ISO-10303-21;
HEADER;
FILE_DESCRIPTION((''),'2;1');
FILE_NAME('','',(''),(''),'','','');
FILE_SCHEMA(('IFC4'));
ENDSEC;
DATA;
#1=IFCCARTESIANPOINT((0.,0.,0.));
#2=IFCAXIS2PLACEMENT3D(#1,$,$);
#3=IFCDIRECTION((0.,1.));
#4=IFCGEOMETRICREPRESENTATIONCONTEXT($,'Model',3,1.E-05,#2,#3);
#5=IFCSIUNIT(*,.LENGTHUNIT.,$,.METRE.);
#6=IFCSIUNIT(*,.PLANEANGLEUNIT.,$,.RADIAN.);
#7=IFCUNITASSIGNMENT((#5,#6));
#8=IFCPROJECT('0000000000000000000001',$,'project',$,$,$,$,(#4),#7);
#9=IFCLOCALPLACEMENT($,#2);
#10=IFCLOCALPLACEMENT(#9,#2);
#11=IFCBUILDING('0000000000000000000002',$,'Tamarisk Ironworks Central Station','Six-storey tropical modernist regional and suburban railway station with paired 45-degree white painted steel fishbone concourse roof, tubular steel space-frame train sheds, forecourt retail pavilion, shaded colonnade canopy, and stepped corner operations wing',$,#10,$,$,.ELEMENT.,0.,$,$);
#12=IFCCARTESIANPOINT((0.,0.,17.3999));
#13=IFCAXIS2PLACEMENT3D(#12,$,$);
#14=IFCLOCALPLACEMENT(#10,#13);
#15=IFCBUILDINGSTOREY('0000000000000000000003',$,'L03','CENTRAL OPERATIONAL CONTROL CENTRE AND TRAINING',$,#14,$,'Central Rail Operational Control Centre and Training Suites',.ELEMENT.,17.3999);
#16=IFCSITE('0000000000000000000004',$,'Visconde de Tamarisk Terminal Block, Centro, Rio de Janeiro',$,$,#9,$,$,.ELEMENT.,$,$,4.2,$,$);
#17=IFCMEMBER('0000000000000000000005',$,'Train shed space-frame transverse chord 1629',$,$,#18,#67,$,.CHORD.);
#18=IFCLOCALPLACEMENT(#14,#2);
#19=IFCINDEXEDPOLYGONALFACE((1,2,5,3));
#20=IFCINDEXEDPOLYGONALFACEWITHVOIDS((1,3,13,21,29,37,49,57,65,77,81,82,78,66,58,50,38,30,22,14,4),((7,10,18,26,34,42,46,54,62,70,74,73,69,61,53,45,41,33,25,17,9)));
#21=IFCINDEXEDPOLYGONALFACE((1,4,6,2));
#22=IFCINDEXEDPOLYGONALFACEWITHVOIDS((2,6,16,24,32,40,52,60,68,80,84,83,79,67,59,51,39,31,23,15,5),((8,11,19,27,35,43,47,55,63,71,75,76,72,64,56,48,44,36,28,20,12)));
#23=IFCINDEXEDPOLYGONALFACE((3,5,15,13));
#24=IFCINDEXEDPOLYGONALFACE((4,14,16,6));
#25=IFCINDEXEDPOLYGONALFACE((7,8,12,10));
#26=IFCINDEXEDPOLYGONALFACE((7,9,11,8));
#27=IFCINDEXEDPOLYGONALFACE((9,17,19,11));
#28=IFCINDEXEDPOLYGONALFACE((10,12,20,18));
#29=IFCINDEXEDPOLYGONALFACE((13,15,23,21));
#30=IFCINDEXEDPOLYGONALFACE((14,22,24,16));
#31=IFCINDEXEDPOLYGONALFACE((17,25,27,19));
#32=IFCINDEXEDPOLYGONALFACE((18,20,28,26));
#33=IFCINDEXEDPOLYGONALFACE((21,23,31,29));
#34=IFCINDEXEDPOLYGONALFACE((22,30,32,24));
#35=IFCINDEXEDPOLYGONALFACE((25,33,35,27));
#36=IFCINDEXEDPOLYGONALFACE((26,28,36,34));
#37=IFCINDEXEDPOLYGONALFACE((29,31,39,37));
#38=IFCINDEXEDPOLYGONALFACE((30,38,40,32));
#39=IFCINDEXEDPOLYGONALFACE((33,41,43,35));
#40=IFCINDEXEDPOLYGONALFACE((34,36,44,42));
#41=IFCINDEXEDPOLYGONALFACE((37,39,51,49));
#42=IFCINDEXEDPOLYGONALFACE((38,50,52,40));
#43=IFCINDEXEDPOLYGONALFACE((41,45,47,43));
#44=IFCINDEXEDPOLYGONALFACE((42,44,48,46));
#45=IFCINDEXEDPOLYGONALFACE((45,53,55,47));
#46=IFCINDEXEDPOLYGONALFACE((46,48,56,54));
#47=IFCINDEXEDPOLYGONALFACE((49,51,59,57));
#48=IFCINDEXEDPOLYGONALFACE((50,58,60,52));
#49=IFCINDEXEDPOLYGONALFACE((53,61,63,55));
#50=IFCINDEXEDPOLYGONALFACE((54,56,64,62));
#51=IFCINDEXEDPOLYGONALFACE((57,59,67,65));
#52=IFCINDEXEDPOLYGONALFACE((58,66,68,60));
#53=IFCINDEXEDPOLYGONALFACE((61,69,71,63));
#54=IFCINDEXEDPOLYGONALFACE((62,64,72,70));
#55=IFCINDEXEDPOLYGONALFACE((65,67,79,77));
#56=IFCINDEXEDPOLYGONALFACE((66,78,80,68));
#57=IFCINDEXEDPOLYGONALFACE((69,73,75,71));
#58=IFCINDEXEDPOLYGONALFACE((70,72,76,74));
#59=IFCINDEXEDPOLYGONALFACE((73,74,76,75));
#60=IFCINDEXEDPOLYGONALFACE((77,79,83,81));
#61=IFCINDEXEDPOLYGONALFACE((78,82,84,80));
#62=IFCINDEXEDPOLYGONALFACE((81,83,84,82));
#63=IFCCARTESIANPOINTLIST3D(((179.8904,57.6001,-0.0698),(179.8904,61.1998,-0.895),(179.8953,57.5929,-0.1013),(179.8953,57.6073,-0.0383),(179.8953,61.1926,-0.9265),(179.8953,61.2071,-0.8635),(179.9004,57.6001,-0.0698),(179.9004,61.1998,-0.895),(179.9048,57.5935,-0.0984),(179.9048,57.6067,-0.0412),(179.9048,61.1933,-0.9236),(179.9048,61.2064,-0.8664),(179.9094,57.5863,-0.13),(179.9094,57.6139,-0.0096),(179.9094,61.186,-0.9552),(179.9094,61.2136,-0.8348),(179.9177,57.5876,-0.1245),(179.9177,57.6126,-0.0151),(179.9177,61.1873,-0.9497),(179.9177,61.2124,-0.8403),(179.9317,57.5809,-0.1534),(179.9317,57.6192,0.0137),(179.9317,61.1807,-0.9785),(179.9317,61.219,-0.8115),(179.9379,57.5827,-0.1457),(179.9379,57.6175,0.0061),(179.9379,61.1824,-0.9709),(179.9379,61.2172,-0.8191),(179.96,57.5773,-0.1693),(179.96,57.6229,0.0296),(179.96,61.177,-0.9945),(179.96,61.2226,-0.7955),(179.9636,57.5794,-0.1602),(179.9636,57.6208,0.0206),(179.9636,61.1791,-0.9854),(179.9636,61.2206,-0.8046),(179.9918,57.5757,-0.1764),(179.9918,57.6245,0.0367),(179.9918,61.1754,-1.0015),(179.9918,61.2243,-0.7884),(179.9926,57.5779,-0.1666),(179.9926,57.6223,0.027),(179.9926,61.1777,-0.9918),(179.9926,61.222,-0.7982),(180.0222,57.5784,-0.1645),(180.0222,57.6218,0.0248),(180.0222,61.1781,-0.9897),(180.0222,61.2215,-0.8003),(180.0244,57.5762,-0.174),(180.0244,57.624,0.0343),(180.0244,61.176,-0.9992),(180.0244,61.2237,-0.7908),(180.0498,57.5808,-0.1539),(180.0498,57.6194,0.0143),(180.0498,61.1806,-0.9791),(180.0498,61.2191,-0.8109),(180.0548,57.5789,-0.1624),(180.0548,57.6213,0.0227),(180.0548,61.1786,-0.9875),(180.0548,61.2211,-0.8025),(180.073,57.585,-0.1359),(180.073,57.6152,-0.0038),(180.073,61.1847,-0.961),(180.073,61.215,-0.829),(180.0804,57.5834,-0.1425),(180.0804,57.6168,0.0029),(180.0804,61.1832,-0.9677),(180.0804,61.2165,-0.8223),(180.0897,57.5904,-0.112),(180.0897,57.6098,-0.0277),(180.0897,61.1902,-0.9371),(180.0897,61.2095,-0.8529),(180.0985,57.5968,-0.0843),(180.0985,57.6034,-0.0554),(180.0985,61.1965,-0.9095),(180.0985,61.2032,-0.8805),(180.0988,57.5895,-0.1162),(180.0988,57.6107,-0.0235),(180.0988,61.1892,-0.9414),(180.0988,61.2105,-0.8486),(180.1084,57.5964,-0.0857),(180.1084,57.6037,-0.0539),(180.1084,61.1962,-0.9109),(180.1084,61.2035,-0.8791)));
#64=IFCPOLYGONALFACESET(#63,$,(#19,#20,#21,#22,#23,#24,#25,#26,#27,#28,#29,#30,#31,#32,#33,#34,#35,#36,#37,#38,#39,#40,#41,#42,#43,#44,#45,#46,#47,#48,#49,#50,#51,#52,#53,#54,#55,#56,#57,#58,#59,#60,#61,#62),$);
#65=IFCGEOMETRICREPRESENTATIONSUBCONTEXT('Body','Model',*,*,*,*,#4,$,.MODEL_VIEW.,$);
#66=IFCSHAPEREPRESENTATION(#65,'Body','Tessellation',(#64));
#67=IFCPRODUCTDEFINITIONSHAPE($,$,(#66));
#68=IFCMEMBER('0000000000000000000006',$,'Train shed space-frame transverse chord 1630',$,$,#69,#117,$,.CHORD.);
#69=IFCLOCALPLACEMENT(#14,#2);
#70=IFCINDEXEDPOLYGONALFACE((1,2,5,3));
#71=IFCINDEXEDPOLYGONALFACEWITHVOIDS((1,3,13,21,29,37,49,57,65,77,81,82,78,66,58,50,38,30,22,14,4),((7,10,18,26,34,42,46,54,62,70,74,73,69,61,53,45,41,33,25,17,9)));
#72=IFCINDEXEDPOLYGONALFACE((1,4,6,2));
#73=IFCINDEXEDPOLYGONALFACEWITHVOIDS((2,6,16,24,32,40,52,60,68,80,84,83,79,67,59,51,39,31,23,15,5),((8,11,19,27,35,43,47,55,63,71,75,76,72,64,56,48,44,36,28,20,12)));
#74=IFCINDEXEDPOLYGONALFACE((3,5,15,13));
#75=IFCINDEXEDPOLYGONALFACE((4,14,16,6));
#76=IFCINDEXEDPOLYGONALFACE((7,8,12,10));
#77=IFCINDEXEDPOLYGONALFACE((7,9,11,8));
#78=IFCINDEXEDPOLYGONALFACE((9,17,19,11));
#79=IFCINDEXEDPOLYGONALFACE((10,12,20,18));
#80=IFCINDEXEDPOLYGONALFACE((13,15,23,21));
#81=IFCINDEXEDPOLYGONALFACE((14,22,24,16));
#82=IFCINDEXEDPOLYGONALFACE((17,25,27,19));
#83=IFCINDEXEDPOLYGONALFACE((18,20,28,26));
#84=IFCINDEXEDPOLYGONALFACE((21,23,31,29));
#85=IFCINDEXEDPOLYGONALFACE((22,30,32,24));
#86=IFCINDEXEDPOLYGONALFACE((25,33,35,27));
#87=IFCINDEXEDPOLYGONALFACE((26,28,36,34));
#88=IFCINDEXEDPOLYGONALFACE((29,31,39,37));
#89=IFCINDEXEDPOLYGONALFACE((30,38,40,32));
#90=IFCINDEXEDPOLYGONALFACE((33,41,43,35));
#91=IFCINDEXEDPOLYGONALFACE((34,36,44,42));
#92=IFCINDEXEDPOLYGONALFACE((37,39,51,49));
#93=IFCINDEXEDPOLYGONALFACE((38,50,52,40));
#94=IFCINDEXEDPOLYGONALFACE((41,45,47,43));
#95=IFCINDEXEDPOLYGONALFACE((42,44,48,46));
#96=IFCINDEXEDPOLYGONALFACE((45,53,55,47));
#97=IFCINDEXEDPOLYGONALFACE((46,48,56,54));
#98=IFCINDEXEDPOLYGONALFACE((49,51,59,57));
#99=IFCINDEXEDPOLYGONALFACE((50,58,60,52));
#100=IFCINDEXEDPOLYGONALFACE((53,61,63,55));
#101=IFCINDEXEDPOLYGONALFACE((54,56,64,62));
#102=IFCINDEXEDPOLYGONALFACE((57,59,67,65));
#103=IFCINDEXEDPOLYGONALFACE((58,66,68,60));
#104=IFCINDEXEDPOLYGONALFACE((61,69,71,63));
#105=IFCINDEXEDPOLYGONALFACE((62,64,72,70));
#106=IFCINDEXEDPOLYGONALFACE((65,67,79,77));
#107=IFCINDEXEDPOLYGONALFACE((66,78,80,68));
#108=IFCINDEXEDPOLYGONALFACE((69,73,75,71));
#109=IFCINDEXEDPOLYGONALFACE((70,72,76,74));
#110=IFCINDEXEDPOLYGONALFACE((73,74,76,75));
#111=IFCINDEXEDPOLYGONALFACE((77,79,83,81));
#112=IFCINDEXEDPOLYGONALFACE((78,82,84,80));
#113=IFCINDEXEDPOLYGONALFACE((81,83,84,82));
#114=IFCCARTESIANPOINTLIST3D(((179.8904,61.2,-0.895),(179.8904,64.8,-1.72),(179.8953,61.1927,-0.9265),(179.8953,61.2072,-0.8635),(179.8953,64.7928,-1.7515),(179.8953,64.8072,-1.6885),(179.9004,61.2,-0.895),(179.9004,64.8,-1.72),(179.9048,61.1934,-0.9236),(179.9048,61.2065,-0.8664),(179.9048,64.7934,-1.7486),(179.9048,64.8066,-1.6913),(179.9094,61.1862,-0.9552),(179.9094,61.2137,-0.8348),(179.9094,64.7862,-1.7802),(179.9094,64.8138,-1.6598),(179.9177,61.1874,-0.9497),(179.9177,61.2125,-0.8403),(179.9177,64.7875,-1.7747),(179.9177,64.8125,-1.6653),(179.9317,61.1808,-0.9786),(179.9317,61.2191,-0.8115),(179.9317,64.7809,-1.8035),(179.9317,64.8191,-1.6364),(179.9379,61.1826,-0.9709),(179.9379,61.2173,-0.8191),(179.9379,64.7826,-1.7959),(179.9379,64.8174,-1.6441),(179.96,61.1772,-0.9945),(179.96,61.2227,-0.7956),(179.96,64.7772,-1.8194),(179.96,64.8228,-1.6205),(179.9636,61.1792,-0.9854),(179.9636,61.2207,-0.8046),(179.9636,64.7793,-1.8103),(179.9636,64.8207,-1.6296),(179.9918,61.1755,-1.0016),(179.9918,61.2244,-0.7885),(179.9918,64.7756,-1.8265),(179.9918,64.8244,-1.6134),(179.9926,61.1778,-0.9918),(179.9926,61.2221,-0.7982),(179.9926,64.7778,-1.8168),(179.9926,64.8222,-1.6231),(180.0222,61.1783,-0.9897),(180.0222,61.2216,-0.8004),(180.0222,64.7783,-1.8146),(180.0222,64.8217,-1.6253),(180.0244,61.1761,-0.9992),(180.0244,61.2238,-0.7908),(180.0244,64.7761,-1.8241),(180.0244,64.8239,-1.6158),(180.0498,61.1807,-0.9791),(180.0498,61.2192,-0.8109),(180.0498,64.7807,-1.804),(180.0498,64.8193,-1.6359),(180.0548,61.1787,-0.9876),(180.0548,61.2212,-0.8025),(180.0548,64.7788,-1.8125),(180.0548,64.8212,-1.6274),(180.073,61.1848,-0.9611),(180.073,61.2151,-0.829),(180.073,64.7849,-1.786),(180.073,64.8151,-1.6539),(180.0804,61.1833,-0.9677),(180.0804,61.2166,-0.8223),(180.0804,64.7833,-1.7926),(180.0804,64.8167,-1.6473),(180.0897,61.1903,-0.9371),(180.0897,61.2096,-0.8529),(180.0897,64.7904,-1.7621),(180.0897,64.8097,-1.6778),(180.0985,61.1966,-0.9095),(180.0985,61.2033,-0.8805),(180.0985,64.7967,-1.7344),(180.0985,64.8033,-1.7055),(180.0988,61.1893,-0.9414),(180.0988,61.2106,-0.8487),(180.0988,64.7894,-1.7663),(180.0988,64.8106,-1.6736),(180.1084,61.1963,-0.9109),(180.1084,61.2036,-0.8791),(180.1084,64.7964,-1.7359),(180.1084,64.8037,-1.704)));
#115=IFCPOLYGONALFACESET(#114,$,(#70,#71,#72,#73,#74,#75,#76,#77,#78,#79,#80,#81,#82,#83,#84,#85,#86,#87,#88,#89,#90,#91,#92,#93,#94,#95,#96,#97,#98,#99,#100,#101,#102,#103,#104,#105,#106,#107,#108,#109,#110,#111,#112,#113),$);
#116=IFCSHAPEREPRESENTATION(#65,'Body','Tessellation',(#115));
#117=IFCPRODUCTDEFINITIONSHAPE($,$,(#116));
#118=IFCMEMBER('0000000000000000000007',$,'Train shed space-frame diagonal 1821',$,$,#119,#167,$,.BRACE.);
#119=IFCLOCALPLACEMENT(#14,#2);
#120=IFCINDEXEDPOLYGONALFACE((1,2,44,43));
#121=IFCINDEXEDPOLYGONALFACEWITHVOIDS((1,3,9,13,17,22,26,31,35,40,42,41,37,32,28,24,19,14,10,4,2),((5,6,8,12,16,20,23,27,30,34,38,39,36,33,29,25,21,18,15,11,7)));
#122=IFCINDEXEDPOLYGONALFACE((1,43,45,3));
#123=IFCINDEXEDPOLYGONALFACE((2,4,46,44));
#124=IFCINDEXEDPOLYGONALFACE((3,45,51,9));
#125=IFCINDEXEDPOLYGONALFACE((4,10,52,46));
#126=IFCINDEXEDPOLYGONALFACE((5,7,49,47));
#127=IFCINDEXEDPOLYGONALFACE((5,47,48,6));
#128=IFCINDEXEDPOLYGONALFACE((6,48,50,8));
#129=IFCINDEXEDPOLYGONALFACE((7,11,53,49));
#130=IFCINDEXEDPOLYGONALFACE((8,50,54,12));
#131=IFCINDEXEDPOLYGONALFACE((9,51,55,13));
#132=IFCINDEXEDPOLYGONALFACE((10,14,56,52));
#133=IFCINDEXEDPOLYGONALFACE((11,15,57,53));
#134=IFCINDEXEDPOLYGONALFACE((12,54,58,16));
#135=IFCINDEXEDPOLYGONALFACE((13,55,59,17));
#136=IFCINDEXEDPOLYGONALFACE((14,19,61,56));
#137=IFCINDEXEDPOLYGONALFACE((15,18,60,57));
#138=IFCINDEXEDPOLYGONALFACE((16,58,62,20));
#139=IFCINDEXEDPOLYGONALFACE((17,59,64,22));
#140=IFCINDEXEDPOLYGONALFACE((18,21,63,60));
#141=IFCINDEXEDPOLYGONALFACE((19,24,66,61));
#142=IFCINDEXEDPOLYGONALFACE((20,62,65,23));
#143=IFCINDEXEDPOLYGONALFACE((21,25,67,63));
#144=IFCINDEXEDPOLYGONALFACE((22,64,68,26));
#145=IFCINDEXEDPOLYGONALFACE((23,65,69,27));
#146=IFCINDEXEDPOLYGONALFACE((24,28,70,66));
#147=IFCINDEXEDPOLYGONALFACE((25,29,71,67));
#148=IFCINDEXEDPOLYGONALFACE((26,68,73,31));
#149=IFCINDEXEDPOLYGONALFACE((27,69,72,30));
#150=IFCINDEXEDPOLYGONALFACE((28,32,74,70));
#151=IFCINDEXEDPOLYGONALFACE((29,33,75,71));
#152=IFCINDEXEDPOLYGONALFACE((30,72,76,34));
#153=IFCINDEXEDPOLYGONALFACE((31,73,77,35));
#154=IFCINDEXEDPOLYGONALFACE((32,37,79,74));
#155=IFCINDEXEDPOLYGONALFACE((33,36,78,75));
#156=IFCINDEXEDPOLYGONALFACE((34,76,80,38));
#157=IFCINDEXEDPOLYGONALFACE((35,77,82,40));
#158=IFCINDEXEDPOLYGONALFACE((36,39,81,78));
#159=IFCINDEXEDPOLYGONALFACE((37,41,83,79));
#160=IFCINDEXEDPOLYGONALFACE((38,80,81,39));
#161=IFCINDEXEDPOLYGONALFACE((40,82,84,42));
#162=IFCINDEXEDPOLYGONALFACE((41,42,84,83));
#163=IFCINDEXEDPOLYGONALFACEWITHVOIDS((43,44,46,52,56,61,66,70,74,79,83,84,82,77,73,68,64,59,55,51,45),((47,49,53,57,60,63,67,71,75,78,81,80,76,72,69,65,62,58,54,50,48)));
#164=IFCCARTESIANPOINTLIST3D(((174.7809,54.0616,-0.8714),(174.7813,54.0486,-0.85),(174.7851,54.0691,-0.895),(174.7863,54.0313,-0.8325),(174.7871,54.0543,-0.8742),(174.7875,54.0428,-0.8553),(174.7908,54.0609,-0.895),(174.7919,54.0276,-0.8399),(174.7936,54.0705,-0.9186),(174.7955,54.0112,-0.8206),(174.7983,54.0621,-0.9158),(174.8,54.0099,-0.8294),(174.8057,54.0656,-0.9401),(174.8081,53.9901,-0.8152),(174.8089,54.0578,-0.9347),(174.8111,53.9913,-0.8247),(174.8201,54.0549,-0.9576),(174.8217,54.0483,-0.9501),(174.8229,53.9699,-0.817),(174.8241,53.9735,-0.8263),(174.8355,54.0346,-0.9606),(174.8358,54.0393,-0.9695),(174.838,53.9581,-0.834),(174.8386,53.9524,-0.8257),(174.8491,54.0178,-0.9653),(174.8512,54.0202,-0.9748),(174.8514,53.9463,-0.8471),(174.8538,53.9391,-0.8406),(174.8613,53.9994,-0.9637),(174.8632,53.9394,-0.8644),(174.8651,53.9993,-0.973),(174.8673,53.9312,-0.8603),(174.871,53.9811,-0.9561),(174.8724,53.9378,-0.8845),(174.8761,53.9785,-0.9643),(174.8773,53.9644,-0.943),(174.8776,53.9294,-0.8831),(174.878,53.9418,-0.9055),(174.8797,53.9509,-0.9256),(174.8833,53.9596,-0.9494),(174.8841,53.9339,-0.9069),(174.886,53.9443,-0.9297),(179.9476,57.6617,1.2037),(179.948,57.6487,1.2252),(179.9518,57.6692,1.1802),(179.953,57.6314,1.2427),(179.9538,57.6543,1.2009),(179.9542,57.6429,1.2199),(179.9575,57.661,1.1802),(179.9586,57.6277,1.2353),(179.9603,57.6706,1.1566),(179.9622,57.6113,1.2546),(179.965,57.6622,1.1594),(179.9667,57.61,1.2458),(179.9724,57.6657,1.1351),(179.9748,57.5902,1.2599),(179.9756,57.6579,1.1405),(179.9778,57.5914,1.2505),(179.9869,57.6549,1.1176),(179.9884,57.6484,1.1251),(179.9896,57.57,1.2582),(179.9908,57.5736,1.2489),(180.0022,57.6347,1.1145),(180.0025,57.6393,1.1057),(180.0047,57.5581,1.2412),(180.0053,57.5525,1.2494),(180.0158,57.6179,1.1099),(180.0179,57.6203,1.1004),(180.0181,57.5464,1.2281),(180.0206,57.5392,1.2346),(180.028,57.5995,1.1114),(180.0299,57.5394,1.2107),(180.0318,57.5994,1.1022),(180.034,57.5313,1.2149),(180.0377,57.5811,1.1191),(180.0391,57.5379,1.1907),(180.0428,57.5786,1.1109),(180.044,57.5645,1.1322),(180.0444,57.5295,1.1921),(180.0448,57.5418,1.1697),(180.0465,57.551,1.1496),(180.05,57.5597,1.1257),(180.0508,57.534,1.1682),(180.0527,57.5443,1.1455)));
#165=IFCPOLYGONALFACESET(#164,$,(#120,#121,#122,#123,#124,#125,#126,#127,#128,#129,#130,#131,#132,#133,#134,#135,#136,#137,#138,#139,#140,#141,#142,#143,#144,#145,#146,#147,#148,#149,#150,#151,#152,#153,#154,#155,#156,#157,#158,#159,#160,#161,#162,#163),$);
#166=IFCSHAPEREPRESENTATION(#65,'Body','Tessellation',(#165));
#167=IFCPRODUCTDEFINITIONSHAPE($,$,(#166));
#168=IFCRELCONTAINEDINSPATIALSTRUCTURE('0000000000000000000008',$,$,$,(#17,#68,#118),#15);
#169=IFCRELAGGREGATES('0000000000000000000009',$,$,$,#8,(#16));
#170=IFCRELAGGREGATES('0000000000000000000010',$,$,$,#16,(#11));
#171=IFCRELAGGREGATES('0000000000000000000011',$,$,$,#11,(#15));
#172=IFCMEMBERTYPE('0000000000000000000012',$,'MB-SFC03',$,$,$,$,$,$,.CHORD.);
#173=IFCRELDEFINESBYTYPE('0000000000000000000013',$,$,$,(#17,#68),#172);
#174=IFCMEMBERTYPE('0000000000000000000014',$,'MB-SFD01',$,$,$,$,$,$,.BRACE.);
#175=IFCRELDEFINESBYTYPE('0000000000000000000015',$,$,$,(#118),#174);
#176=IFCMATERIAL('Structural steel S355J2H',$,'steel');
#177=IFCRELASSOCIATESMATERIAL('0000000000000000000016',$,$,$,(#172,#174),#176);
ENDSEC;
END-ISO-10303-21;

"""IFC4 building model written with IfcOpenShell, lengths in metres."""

from ifc_helpers import new_model, si_unit, direction, frame, origin, origin_2d, place, context, subcontext, project, spatial, hollow_circle, extrude, material, material_profile, profile_set, type_object, element, save


model = new_model("IFC4")

# Units and contexts
model_context = context("Model", 3, precision=1e-05, world=origin(), true_north=direction((0.0, 1.0)))
body_context = subcontext(model_context, "Body", "Model", "MODEL_VIEW")
ifc_project = project(units=[si_unit("LENGTHUNIT", "METRE"), si_unit("PLANEANGLEUNIT", "RADIAN")], contexts=[model_context])

# Site, building, storey
site_placement = place(None, origin())
site = spatial("IfcSite", under=ifc_project, at=site_placement, Name="Visconde de Tamarisk Terminal Block, Centro, Rio de Janeiro", CompositionType="ELEMENT", RefElevation=4.2)
building_placement = place(site_placement, origin())
building = spatial("IfcBuilding", under=site, at=building_placement, Name="Tamarisk Ironworks Central Station", Description="Six-storey tropical modernist regional and suburban railway station with paired 45-degree white painted steel fishbone concourse roof, tubular steel space-frame train sheds, forecourt retail pavilion, shaded colonnade canopy, and stepped corner operations wing", CompositionType="ELEMENT", ElevationOfRefHeight=0.0)
storey_placement = place(building_placement, frame((0.0, 0.0, 17.3999)))
storey = spatial("IfcBuildingStorey", under=building, at=storey_placement, Name="L03", Description="CENTRAL OPERATIONAL CONTROL CENTRE AND TRAINING", LongName="Central Rail Operational Control Centre and Training Suites", CompositionType="ELEMENT", Elevation=17.3999)

# Members
ifc_material = material(Name="Structural steel S355J2H", Category="steel")
ifc_material_profile_1 = material_profile(ifc_material, hollow_circle(Radius=0.1096, WallThickness=0.01, at=origin_2d()), Name="CHS 219.1x10")
ifc_profile_set_1 = profile_set([ifc_material_profile_1], Name="Structural steel S355J2H")
member_type_1 = type_object("IfcMemberType", Name="MB-SFC03", PredefinedType="CHORD", material=ifc_profile_set_1)
member_1_placement = place(storey_placement, frame((180.0, 57.6001, -0.0698), z_axis=(0.0, 0.974719, -0.223435), x_axis=(-1.0, 0.0, 0.0)))
element("IfcMember", 1, at=member_1_placement, inside=storey, type_object=member_type_1, Name="Train shed space-frame transverse chord 1629", PredefinedType="CHORD", context=body_context, shape_type="SweptSolid", body=[
    extrude(hollow_circle(Radius=0.1096, WallThickness=0.01, at=origin_2d()), origin(), (0.0, 0.0, 1.0), 3.6931),
])
member_2_placement = place(storey_placement, frame((180.0, 61.2, -0.895), z_axis=(0.0, 0.974737, -0.223358), x_axis=(-1.0, 0.0, 0.0)))
element("IfcMember", 2, at=member_2_placement, inside=storey, type_object=member_type_1, Name="Train shed space-frame transverse chord 1630", PredefinedType="CHORD", context=body_context, shape_type="SweptSolid", body=[
    extrude(hollow_circle(Radius=0.1096, WallThickness=0.01, at=origin_2d()), origin(), (0.0, 0.0, 1.0), 3.6934),
])
ifc_material_profile_2 = material_profile(ifc_material, hollow_circle(Radius=0.0842, WallThickness=0.01, at=origin_2d()), Name="CHS 168.3x10")
ifc_profile_set_2 = profile_set([ifc_material_profile_2], Name="Structural steel S355J2H")
member_type_2 = type_object("IfcMemberType", Name="MB-SFD01", PredefinedType="BRACE", material=ifc_profile_set_2)
member_3_placement = place(storey_placement, frame((174.8333, 54.0, -0.895), z_axis=(0.779249, 0.542967, 0.312981), x_axis=(-0.571689, 0.82047, 0.0)))
element("IfcMember", 3, at=member_3_placement, inside=storey, type_object=member_type_2, Name="Train shed space-frame diagonal 1821", PredefinedType="BRACE", context=body_context, shape_type="SweptSolid", body=[
    extrude(hollow_circle(Radius=0.0842, WallThickness=0.01, at=origin_2d()), origin(), (0.0, 0.0, 1.0), 6.6304),
])

save(model, "model.ifc")
